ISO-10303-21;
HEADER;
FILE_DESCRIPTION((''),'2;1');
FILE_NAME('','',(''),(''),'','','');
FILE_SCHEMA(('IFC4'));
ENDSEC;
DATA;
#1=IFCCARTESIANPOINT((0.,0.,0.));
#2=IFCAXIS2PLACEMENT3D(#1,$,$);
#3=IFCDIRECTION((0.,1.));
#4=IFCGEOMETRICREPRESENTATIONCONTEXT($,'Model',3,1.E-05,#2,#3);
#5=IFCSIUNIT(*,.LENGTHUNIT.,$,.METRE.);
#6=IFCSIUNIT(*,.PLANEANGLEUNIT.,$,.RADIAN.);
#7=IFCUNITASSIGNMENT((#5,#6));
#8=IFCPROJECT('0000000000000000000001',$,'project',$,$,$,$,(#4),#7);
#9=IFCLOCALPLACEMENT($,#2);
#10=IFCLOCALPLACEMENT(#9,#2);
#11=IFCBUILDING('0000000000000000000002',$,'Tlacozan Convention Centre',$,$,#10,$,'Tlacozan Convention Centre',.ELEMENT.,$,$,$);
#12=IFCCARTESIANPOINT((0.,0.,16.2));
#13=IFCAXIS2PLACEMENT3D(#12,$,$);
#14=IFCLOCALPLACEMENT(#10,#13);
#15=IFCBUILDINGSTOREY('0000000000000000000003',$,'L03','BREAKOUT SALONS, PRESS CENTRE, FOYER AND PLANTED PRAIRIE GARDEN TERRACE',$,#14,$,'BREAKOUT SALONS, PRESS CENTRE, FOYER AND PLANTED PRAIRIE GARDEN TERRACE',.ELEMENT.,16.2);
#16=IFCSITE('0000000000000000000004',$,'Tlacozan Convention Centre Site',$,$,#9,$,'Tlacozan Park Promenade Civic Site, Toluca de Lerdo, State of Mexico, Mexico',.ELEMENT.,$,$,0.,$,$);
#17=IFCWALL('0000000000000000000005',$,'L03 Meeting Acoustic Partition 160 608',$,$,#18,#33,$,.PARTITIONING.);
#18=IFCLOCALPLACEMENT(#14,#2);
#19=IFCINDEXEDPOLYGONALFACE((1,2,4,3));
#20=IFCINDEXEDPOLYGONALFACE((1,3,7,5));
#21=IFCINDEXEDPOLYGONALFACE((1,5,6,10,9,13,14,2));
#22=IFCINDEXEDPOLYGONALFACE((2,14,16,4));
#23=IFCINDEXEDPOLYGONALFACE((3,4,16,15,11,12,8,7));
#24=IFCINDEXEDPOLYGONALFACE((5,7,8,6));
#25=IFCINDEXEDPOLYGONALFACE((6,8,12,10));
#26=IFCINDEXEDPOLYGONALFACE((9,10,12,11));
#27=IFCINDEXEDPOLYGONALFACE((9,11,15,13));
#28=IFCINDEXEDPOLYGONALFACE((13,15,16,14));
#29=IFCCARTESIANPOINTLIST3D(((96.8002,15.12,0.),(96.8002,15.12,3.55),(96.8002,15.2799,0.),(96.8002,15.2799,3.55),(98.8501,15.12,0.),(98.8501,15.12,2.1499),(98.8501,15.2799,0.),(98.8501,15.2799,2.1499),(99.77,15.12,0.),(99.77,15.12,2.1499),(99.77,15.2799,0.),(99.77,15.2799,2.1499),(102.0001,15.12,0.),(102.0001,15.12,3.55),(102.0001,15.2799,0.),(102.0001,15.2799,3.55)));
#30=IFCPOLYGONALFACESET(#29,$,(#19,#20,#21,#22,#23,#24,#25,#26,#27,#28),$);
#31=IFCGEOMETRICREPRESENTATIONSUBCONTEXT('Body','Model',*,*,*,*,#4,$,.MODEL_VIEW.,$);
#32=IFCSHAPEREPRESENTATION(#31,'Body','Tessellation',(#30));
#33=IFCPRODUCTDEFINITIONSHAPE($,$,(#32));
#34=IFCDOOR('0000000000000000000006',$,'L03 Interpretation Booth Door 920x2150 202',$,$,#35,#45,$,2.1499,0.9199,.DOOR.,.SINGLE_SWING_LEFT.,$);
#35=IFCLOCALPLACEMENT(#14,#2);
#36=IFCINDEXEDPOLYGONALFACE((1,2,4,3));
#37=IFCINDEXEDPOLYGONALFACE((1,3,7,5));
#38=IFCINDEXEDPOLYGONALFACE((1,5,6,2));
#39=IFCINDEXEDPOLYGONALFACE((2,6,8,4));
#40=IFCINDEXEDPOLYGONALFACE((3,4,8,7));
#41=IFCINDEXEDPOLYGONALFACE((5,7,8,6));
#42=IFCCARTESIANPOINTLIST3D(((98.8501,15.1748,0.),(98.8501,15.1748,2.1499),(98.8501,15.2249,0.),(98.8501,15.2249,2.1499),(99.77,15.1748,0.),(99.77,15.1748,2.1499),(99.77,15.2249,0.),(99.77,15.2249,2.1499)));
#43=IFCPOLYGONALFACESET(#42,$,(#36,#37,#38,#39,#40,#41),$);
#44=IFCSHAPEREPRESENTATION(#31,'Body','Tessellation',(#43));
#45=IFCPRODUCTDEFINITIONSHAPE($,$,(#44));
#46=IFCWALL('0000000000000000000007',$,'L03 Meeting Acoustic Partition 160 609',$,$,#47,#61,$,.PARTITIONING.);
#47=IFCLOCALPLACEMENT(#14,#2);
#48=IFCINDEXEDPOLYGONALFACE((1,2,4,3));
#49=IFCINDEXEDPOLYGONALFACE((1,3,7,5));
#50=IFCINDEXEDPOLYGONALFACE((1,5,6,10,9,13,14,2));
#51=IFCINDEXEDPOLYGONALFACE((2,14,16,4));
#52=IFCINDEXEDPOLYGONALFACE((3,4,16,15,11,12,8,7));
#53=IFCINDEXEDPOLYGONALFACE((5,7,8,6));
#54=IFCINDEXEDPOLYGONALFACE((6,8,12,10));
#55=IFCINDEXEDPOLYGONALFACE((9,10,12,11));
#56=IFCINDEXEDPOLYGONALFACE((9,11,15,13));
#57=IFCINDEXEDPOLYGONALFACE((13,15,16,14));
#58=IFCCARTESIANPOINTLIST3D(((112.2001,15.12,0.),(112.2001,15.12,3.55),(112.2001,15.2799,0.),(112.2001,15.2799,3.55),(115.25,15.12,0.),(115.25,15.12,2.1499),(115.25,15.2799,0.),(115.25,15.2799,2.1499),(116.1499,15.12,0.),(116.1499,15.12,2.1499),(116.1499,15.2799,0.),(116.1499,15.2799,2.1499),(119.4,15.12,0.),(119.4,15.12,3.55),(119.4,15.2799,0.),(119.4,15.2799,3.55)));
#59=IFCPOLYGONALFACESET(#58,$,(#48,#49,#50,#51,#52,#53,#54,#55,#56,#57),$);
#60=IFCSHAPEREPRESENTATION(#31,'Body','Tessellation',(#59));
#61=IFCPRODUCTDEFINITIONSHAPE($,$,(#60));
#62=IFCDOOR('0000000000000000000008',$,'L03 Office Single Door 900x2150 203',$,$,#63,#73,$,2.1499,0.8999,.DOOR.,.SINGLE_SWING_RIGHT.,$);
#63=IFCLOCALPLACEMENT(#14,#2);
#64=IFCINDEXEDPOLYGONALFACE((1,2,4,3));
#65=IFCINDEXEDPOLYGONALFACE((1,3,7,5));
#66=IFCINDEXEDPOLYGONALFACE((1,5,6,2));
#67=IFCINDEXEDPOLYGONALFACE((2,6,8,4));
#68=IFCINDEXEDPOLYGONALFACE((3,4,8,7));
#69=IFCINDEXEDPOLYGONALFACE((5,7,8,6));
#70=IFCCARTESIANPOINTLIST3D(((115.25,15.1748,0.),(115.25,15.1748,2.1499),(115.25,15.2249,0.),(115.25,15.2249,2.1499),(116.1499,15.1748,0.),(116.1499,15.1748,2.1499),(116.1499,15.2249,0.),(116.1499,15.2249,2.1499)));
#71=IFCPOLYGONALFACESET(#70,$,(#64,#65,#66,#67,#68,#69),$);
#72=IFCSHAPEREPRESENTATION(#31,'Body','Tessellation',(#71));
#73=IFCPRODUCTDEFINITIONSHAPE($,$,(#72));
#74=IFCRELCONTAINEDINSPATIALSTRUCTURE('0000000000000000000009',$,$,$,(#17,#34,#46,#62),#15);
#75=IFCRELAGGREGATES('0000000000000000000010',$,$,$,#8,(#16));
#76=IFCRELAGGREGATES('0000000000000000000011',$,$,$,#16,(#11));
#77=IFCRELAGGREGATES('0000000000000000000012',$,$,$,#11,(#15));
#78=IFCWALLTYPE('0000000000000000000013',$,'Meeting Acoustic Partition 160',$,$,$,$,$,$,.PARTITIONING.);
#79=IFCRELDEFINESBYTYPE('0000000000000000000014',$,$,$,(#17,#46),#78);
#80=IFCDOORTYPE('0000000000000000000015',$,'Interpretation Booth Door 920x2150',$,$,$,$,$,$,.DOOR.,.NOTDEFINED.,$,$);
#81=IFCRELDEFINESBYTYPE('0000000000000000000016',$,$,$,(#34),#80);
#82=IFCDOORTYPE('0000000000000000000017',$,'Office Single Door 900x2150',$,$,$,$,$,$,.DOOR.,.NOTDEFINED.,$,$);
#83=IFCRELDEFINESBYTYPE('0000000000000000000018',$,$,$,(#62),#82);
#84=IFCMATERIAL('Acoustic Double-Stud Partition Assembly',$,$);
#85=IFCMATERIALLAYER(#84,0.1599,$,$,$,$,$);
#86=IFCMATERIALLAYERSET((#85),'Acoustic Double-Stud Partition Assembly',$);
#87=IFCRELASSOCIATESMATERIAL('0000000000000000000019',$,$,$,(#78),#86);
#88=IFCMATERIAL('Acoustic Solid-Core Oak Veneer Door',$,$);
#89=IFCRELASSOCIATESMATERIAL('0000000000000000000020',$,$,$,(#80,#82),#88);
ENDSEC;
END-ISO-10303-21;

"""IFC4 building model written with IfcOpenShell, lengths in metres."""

from ifc_helpers import new_model, si_unit, direction, frame, frame_2d, origin, place, context, subcontext, project, spatial, rectangle, extrude, material, layer, layer_set, type_object, element, fill, save


model = new_model("IFC4")

# Units and contexts
model_context = context("Model", 3, precision=1e-05, world=origin(), true_north=direction((0.0, 1.0)))
body_context = subcontext(model_context, "Body", "Model", "MODEL_VIEW")
ifc_project = project(units=[si_unit("LENGTHUNIT", "METRE"), si_unit("PLANEANGLEUNIT", "RADIAN")], contexts=[model_context])

# Site, building, storey
site_placement = place(None, origin())
site = spatial("IfcSite", under=ifc_project, at=site_placement, Name="Tlacozan Convention Centre Site", LongName="Tlacozan Park Promenade Civic Site, Toluca de Lerdo, State of Mexico, Mexico", CompositionType="ELEMENT", RefElevation=0.0)
building_placement = place(site_placement, origin())
building = spatial("IfcBuilding", under=site, at=building_placement, Name="Tlacozan Convention Centre", LongName="Tlacozan Convention Centre", CompositionType="ELEMENT")
storey_placement = place(building_placement, frame((0.0, 0.0, 16.2)))
storey = spatial("IfcBuildingStorey", under=building, at=storey_placement, Name="L03", Description="BREAKOUT SALONS, PRESS CENTRE, FOYER AND PLANTED PRAIRIE GARDEN TERRACE", LongName="BREAKOUT SALONS, PRESS CENTRE, FOYER AND PLANTED PRAIRIE GARDEN TERRACE", CompositionType="ELEMENT", Elevation=16.2)

# Walls, openings, doors
ifc_material_1 = material(Name="Acoustic Double-Stud Partition Assembly")
ifc_layer_1 = layer(ifc_material_1, 0.1599)
ifc_layer_set_1 = layer_set([ifc_layer_1], Name="Acoustic Double-Stud Partition Assembly")
wall_type = type_object("IfcWallType", Name="Meeting Acoustic Partition 160", PredefinedType="PARTITIONING", material=ifc_layer_set_1)
wall_1_placement = place(storey_placement, frame((96.8, 15.2, 0.0), z_axis=(0.0, 0.0, 1.0), x_axis=(1.0, 0.0, 0.0)))
wall_1 = element("IfcWall", 1, at=wall_1_placement, inside=storey, type_object=wall_type, Name="L03 Meeting Acoustic Partition 160 608", PredefinedType="PARTITIONING", context=body_context, shape_type="SweptSolid", body=[
    extrude(rectangle(XDim=5.2, YDim=0.1599, at=frame_2d((2.6001, 0.0))), origin(), (0.0, 0.0, 1.0), 3.55),
])
opening_1_placement = place(wall_1_placement, frame((2.05, 0.0, 0.0)))
opening_1 = element("IfcOpeningElement", 2, at=opening_1_placement, cuts=wall_1, PredefinedType="OPENING", context=body_context, shape_type="SweptSolid", body=[
    extrude(rectangle(XDim=0.9199, YDim=2.1499, at=frame_2d((0.46, 1.075))), frame((0.0, 0.0898, 0.0), z_axis=(0.0, -1.0, 0.0), x_axis=(1.0, 0.0, 0.0)), (0.0, 0.0, 1.0), 0.1799),
])
ifc_material_2 = material(Name="Acoustic Solid-Core Oak Veneer Door")
door_type_1 = type_object("IfcDoorType", Name="Interpretation Booth Door 920x2150", OperationType="NOTDEFINED", PredefinedType="DOOR", material=ifc_material_2)
door_1_placement = place(opening_1_placement, origin())
door_1 = element("IfcDoor", 3, at=door_1_placement, inside=storey, type_object=door_type_1, Name="L03 Interpretation Booth Door 920x2150 202", OperationType="SINGLE_SWING_LEFT", OverallHeight=2.1499, OverallWidth=0.9199, PredefinedType="DOOR", context=body_context, shape_type="SweptSolid", body=[
    extrude(rectangle(XDim=0.9199, YDim=2.1499, at=frame_2d((0.46, 1.075))), frame((0.0, 0.0249, 0.0), z_axis=(0.0, -1.0, 0.0), x_axis=(1.0, 0.0, 0.0)), (0.0, 0.0, 1.0), 0.05),
])
fill(opening_1, door_1)
wall_2_placement = place(storey_placement, frame((112.2, 15.2, 0.0), z_axis=(0.0, 0.0, 1.0), x_axis=(1.0, 0.0, 0.0)))
wall_2 = element("IfcWall", 4, at=wall_2_placement, inside=storey, type_object=wall_type, Name="L03 Meeting Acoustic Partition 160 609", PredefinedType="PARTITIONING", context=body_context, shape_type="SweptSolid", body=[
    extrude(rectangle(XDim=7.2, YDim=0.1599, at=frame_2d((3.6001, 0.0))), origin(), (0.0, 0.0, 1.0), 3.55),
])
opening_2_placement = place(wall_2_placement, frame((3.05, 0.0, 0.0)))
opening_2 = element("IfcOpeningElement", 5, at=opening_2_placement, cuts=wall_2, PredefinedType="OPENING", context=body_context, shape_type="SweptSolid", body=[
    extrude(rectangle(XDim=0.8999, YDim=2.1499, at=frame_2d((0.45, 1.075))), frame((0.0, 0.0898, 0.0), z_axis=(0.0, -1.0, 0.0), x_axis=(1.0, 0.0, 0.0)), (0.0, 0.0, 1.0), 0.1799),
])
door_type_2 = type_object("IfcDoorType", Name="Office Single Door 900x2150", OperationType="NOTDEFINED", PredefinedType="DOOR", material=ifc_material_2)
door_2_placement = place(opening_2_placement, origin())
door_2 = element("IfcDoor", 6, at=door_2_placement, inside=storey, type_object=door_type_2, Name="L03 Office Single Door 900x2150 203", OperationType="SINGLE_SWING_RIGHT", OverallHeight=2.1499, OverallWidth=0.8999, PredefinedType="DOOR", context=body_context, shape_type="SweptSolid", body=[
    extrude(rectangle(XDim=0.8999, YDim=2.1499, at=frame_2d((0.45, 1.075))), frame((0.0, 0.0249, 0.0), z_axis=(0.0, -1.0, 0.0), x_axis=(1.0, 0.0, 0.0)), (0.0, 0.0, 1.0), 0.05),
])
fill(opening_2, door_2)

save(model, "model.ifc")
